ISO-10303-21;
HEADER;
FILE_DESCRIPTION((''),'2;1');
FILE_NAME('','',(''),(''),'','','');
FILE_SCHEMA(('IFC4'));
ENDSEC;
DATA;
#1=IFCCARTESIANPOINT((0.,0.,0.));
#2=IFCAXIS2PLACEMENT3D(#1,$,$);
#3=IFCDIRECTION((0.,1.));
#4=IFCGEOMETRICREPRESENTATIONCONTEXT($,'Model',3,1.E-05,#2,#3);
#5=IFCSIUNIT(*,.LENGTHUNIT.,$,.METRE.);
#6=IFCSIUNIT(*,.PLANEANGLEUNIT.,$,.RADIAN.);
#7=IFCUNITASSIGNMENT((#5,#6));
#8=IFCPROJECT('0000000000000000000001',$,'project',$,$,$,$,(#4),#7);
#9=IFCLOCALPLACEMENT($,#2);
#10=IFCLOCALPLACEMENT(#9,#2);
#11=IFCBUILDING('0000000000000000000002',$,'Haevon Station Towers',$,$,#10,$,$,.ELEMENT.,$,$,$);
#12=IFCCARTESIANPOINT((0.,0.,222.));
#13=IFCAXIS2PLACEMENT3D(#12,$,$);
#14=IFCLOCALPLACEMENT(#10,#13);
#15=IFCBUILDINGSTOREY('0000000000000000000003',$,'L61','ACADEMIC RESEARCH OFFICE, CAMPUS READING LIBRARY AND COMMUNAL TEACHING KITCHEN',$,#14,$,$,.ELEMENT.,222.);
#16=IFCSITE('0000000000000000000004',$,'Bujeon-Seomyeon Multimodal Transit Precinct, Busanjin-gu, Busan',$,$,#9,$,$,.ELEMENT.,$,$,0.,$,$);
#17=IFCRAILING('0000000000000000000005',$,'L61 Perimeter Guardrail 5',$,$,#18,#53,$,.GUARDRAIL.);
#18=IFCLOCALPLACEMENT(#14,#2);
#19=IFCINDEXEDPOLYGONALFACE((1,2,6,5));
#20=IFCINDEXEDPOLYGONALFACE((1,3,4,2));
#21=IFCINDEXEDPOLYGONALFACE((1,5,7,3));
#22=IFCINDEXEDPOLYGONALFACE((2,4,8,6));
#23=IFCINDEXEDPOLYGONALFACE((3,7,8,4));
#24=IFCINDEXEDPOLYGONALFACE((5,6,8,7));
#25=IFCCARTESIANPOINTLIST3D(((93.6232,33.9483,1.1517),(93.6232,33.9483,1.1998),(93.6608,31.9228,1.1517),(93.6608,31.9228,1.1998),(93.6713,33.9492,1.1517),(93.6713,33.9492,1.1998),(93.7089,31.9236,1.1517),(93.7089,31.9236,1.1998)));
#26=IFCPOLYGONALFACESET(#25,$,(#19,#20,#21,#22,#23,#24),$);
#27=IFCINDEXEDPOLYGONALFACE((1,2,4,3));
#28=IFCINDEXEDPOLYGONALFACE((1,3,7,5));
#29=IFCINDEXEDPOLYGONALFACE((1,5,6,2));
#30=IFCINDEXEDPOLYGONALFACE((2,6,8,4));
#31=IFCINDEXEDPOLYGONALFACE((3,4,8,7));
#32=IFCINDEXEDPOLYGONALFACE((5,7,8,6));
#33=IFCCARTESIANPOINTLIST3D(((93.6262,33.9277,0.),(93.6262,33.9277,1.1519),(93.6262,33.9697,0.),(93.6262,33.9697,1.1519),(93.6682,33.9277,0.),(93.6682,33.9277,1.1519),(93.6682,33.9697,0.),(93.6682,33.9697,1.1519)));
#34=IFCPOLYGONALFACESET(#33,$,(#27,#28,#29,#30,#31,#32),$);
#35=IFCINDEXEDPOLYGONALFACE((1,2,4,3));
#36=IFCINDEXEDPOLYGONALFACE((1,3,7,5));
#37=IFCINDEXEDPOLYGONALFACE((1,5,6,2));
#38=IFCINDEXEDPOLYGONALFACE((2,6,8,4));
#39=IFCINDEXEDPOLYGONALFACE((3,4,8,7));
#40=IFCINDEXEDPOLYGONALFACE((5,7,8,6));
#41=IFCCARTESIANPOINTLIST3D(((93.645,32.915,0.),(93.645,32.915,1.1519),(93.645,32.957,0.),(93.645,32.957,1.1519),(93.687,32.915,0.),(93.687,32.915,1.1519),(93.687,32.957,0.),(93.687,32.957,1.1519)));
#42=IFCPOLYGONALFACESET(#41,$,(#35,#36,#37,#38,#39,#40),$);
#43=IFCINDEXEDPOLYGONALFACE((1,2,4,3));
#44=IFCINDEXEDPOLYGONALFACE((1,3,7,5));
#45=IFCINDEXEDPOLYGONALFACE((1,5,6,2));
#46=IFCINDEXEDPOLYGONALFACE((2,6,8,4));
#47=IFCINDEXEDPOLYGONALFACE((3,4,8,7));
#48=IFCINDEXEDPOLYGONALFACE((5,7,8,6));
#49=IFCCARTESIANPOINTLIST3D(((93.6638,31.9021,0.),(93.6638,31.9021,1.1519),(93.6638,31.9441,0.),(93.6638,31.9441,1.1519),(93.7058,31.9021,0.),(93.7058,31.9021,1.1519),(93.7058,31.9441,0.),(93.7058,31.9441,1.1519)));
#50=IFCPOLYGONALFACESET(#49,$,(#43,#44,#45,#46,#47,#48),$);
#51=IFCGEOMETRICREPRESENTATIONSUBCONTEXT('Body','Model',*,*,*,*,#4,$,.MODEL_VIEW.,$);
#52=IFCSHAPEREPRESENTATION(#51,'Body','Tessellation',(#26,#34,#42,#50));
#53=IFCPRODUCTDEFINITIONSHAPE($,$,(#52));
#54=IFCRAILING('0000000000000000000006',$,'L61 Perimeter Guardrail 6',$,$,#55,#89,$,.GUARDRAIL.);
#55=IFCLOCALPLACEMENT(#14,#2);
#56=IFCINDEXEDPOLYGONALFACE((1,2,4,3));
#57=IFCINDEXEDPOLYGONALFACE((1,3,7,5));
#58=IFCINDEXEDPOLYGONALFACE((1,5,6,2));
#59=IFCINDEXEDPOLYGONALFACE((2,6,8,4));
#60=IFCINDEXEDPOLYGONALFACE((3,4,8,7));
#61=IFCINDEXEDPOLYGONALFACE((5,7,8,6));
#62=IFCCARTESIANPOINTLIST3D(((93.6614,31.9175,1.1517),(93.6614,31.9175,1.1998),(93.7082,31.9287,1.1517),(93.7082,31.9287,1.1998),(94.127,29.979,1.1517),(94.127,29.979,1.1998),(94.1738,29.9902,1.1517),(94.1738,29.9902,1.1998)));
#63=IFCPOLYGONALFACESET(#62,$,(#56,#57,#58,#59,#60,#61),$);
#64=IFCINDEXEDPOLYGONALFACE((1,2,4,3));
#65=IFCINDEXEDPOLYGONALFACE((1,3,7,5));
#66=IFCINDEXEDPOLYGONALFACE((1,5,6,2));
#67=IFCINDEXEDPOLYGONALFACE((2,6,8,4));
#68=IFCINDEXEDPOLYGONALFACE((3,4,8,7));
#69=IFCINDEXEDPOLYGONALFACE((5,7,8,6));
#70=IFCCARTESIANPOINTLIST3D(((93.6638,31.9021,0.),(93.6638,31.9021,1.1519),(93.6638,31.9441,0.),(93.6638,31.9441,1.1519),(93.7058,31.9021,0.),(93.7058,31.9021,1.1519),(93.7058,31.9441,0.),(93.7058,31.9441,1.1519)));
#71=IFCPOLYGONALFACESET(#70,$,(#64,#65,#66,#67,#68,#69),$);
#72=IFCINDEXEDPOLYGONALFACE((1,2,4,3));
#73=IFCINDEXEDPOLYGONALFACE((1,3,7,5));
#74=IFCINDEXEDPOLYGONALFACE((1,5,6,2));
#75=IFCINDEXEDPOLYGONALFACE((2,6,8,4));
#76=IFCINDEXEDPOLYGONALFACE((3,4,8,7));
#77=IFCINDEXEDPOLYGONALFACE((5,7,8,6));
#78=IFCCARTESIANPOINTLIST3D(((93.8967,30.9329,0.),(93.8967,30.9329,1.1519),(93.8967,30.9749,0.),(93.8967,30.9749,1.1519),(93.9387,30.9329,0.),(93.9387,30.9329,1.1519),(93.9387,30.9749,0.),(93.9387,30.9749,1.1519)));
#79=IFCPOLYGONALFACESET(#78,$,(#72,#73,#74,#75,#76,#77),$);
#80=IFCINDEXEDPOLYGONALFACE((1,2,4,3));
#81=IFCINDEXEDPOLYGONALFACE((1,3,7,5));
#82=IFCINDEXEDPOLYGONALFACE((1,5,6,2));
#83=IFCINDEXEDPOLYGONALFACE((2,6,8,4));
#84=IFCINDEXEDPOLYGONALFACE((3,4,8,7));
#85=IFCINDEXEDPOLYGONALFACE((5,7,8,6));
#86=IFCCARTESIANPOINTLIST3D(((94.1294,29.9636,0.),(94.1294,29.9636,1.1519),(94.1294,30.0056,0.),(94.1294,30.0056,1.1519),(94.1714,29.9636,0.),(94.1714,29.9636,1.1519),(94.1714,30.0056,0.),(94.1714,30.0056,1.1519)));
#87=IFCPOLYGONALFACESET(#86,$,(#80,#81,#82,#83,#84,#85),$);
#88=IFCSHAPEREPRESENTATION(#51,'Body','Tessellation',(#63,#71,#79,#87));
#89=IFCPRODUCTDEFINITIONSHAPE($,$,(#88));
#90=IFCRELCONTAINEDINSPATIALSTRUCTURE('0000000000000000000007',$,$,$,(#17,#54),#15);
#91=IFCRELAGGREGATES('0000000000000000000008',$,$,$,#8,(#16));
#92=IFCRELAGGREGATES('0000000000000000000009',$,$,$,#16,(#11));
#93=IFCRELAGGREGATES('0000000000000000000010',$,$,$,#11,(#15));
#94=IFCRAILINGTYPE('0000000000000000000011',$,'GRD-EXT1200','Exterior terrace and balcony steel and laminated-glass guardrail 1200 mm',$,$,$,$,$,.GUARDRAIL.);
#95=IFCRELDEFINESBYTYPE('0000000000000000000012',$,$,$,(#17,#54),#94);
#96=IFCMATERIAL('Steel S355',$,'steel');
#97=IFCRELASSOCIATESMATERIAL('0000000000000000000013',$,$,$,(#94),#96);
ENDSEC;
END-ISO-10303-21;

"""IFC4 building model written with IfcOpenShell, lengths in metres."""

from ifc_helpers import new_model, si_unit, direction, frame, origin, origin_2d, place, context, subcontext, project, spatial, rectangle, extrude, material, type_object, element, save


model = new_model("IFC4")

# Units and contexts
model_context = context("Model", 3, precision=1e-05, world=origin(), true_north=direction((0.0, 1.0)))
body_context = subcontext(model_context, "Body", "Model", "MODEL_VIEW")
ifc_project = project(units=[si_unit("LENGTHUNIT", "METRE"), si_unit("PLANEANGLEUNIT", "RADIAN")], contexts=[model_context])

# Site, building, storey
site_placement = place(None, origin())
site = spatial("IfcSite", under=ifc_project, at=site_placement, Name="Bujeon-Seomyeon Multimodal Transit Precinct, Busanjin-gu, Busan", CompositionType="ELEMENT", RefElevation=0.0)
building_placement = place(site_placement, origin())
building = spatial("IfcBuilding", under=site, at=building_placement, Name="Haevon Station Towers", CompositionType="ELEMENT")
storey_placement = place(building_placement, frame((0.0, 0.0, 222.0)))
storey = spatial("IfcBuildingStorey", under=building, at=storey_placement, Name="L61", Description="ACADEMIC RESEARCH OFFICE, CAMPUS READING LIBRARY AND COMMUNAL TEACHING KITCHEN", CompositionType="ELEMENT", Elevation=222.0)

# Shared definitions
ifc_material_1 = material(Name="Steel S355", Category="steel")

# Railings
railing_type = type_object("IfcRailingType", Name="GRD-EXT1200", Description="Exterior terrace and balcony steel and laminated-glass guardrail 1200 mm", PredefinedType="GUARDRAIL", material=ifc_material_1)
railing_1_placement = place(storey_placement, frame((93.6472, 33.9487, 0.0)))
element("IfcRailing", 1, at=railing_1_placement, inside=storey, type_object=railing_type, Name="L61 Perimeter Guardrail 5", PredefinedType="GUARDRAIL", context=body_context, shape_type="SweptSolid", body=[
    extrude(rectangle(XDim=0.0481, YDim=0.0481, at=origin_2d()), frame((0.0, 0.0, 1.1758), z_axis=(0.018558, -0.999828, 0.0), x_axis=(0.999828, 0.018558, 0.0)), (0.0, 0.0, 1.0), 2.0259),
    extrude(rectangle(XDim=0.042, YDim=0.042, at=origin_2d()), origin(), (0.0, 0.0, 1.0), 1.1519),
    extrude(rectangle(XDim=0.042, YDim=0.042, at=origin_2d()), frame((0.0188, -1.0127, 0.0)), (0.0, 0.0, 1.0), 1.1519),
    extrude(rectangle(XDim=0.042, YDim=0.042, at=origin_2d()), frame((0.0376, -2.0256, 0.0)), (0.0, 0.0, 1.0), 1.1519),
])
railing_2_placement = place(storey_placement, frame((93.6848, 31.9231, 0.0)))
element("IfcRailing", 2, at=railing_2_placement, inside=storey, type_object=railing_type, Name="L61 Perimeter Guardrail 6", PredefinedType="GUARDRAIL", context=body_context, shape_type="SweptSolid", body=[
    extrude(rectangle(XDim=0.0481, YDim=0.0481, at=origin_2d()), frame((0.0, 0.0, 1.1758), z_axis=(0.233535, -0.972348, 0.0), x_axis=(0.972348, 0.233535, 0.0)), (0.0, 0.0, 1.0), 1.9937),
    extrude(rectangle(XDim=0.042, YDim=0.042, at=origin_2d()), origin(), (0.0, 0.0, 1.0), 1.1519),
    extrude(rectangle(XDim=0.042, YDim=0.042, at=origin_2d()), frame((0.2329, -0.9692, 0.0)), (0.0, 0.0, 1.0), 1.1519),
    extrude(rectangle(XDim=0.042, YDim=0.042, at=origin_2d()), frame((0.4656, -1.9385, 0.0)), (0.0, 0.0, 1.0), 1.1519),
])

save(model, "model.ifc")
